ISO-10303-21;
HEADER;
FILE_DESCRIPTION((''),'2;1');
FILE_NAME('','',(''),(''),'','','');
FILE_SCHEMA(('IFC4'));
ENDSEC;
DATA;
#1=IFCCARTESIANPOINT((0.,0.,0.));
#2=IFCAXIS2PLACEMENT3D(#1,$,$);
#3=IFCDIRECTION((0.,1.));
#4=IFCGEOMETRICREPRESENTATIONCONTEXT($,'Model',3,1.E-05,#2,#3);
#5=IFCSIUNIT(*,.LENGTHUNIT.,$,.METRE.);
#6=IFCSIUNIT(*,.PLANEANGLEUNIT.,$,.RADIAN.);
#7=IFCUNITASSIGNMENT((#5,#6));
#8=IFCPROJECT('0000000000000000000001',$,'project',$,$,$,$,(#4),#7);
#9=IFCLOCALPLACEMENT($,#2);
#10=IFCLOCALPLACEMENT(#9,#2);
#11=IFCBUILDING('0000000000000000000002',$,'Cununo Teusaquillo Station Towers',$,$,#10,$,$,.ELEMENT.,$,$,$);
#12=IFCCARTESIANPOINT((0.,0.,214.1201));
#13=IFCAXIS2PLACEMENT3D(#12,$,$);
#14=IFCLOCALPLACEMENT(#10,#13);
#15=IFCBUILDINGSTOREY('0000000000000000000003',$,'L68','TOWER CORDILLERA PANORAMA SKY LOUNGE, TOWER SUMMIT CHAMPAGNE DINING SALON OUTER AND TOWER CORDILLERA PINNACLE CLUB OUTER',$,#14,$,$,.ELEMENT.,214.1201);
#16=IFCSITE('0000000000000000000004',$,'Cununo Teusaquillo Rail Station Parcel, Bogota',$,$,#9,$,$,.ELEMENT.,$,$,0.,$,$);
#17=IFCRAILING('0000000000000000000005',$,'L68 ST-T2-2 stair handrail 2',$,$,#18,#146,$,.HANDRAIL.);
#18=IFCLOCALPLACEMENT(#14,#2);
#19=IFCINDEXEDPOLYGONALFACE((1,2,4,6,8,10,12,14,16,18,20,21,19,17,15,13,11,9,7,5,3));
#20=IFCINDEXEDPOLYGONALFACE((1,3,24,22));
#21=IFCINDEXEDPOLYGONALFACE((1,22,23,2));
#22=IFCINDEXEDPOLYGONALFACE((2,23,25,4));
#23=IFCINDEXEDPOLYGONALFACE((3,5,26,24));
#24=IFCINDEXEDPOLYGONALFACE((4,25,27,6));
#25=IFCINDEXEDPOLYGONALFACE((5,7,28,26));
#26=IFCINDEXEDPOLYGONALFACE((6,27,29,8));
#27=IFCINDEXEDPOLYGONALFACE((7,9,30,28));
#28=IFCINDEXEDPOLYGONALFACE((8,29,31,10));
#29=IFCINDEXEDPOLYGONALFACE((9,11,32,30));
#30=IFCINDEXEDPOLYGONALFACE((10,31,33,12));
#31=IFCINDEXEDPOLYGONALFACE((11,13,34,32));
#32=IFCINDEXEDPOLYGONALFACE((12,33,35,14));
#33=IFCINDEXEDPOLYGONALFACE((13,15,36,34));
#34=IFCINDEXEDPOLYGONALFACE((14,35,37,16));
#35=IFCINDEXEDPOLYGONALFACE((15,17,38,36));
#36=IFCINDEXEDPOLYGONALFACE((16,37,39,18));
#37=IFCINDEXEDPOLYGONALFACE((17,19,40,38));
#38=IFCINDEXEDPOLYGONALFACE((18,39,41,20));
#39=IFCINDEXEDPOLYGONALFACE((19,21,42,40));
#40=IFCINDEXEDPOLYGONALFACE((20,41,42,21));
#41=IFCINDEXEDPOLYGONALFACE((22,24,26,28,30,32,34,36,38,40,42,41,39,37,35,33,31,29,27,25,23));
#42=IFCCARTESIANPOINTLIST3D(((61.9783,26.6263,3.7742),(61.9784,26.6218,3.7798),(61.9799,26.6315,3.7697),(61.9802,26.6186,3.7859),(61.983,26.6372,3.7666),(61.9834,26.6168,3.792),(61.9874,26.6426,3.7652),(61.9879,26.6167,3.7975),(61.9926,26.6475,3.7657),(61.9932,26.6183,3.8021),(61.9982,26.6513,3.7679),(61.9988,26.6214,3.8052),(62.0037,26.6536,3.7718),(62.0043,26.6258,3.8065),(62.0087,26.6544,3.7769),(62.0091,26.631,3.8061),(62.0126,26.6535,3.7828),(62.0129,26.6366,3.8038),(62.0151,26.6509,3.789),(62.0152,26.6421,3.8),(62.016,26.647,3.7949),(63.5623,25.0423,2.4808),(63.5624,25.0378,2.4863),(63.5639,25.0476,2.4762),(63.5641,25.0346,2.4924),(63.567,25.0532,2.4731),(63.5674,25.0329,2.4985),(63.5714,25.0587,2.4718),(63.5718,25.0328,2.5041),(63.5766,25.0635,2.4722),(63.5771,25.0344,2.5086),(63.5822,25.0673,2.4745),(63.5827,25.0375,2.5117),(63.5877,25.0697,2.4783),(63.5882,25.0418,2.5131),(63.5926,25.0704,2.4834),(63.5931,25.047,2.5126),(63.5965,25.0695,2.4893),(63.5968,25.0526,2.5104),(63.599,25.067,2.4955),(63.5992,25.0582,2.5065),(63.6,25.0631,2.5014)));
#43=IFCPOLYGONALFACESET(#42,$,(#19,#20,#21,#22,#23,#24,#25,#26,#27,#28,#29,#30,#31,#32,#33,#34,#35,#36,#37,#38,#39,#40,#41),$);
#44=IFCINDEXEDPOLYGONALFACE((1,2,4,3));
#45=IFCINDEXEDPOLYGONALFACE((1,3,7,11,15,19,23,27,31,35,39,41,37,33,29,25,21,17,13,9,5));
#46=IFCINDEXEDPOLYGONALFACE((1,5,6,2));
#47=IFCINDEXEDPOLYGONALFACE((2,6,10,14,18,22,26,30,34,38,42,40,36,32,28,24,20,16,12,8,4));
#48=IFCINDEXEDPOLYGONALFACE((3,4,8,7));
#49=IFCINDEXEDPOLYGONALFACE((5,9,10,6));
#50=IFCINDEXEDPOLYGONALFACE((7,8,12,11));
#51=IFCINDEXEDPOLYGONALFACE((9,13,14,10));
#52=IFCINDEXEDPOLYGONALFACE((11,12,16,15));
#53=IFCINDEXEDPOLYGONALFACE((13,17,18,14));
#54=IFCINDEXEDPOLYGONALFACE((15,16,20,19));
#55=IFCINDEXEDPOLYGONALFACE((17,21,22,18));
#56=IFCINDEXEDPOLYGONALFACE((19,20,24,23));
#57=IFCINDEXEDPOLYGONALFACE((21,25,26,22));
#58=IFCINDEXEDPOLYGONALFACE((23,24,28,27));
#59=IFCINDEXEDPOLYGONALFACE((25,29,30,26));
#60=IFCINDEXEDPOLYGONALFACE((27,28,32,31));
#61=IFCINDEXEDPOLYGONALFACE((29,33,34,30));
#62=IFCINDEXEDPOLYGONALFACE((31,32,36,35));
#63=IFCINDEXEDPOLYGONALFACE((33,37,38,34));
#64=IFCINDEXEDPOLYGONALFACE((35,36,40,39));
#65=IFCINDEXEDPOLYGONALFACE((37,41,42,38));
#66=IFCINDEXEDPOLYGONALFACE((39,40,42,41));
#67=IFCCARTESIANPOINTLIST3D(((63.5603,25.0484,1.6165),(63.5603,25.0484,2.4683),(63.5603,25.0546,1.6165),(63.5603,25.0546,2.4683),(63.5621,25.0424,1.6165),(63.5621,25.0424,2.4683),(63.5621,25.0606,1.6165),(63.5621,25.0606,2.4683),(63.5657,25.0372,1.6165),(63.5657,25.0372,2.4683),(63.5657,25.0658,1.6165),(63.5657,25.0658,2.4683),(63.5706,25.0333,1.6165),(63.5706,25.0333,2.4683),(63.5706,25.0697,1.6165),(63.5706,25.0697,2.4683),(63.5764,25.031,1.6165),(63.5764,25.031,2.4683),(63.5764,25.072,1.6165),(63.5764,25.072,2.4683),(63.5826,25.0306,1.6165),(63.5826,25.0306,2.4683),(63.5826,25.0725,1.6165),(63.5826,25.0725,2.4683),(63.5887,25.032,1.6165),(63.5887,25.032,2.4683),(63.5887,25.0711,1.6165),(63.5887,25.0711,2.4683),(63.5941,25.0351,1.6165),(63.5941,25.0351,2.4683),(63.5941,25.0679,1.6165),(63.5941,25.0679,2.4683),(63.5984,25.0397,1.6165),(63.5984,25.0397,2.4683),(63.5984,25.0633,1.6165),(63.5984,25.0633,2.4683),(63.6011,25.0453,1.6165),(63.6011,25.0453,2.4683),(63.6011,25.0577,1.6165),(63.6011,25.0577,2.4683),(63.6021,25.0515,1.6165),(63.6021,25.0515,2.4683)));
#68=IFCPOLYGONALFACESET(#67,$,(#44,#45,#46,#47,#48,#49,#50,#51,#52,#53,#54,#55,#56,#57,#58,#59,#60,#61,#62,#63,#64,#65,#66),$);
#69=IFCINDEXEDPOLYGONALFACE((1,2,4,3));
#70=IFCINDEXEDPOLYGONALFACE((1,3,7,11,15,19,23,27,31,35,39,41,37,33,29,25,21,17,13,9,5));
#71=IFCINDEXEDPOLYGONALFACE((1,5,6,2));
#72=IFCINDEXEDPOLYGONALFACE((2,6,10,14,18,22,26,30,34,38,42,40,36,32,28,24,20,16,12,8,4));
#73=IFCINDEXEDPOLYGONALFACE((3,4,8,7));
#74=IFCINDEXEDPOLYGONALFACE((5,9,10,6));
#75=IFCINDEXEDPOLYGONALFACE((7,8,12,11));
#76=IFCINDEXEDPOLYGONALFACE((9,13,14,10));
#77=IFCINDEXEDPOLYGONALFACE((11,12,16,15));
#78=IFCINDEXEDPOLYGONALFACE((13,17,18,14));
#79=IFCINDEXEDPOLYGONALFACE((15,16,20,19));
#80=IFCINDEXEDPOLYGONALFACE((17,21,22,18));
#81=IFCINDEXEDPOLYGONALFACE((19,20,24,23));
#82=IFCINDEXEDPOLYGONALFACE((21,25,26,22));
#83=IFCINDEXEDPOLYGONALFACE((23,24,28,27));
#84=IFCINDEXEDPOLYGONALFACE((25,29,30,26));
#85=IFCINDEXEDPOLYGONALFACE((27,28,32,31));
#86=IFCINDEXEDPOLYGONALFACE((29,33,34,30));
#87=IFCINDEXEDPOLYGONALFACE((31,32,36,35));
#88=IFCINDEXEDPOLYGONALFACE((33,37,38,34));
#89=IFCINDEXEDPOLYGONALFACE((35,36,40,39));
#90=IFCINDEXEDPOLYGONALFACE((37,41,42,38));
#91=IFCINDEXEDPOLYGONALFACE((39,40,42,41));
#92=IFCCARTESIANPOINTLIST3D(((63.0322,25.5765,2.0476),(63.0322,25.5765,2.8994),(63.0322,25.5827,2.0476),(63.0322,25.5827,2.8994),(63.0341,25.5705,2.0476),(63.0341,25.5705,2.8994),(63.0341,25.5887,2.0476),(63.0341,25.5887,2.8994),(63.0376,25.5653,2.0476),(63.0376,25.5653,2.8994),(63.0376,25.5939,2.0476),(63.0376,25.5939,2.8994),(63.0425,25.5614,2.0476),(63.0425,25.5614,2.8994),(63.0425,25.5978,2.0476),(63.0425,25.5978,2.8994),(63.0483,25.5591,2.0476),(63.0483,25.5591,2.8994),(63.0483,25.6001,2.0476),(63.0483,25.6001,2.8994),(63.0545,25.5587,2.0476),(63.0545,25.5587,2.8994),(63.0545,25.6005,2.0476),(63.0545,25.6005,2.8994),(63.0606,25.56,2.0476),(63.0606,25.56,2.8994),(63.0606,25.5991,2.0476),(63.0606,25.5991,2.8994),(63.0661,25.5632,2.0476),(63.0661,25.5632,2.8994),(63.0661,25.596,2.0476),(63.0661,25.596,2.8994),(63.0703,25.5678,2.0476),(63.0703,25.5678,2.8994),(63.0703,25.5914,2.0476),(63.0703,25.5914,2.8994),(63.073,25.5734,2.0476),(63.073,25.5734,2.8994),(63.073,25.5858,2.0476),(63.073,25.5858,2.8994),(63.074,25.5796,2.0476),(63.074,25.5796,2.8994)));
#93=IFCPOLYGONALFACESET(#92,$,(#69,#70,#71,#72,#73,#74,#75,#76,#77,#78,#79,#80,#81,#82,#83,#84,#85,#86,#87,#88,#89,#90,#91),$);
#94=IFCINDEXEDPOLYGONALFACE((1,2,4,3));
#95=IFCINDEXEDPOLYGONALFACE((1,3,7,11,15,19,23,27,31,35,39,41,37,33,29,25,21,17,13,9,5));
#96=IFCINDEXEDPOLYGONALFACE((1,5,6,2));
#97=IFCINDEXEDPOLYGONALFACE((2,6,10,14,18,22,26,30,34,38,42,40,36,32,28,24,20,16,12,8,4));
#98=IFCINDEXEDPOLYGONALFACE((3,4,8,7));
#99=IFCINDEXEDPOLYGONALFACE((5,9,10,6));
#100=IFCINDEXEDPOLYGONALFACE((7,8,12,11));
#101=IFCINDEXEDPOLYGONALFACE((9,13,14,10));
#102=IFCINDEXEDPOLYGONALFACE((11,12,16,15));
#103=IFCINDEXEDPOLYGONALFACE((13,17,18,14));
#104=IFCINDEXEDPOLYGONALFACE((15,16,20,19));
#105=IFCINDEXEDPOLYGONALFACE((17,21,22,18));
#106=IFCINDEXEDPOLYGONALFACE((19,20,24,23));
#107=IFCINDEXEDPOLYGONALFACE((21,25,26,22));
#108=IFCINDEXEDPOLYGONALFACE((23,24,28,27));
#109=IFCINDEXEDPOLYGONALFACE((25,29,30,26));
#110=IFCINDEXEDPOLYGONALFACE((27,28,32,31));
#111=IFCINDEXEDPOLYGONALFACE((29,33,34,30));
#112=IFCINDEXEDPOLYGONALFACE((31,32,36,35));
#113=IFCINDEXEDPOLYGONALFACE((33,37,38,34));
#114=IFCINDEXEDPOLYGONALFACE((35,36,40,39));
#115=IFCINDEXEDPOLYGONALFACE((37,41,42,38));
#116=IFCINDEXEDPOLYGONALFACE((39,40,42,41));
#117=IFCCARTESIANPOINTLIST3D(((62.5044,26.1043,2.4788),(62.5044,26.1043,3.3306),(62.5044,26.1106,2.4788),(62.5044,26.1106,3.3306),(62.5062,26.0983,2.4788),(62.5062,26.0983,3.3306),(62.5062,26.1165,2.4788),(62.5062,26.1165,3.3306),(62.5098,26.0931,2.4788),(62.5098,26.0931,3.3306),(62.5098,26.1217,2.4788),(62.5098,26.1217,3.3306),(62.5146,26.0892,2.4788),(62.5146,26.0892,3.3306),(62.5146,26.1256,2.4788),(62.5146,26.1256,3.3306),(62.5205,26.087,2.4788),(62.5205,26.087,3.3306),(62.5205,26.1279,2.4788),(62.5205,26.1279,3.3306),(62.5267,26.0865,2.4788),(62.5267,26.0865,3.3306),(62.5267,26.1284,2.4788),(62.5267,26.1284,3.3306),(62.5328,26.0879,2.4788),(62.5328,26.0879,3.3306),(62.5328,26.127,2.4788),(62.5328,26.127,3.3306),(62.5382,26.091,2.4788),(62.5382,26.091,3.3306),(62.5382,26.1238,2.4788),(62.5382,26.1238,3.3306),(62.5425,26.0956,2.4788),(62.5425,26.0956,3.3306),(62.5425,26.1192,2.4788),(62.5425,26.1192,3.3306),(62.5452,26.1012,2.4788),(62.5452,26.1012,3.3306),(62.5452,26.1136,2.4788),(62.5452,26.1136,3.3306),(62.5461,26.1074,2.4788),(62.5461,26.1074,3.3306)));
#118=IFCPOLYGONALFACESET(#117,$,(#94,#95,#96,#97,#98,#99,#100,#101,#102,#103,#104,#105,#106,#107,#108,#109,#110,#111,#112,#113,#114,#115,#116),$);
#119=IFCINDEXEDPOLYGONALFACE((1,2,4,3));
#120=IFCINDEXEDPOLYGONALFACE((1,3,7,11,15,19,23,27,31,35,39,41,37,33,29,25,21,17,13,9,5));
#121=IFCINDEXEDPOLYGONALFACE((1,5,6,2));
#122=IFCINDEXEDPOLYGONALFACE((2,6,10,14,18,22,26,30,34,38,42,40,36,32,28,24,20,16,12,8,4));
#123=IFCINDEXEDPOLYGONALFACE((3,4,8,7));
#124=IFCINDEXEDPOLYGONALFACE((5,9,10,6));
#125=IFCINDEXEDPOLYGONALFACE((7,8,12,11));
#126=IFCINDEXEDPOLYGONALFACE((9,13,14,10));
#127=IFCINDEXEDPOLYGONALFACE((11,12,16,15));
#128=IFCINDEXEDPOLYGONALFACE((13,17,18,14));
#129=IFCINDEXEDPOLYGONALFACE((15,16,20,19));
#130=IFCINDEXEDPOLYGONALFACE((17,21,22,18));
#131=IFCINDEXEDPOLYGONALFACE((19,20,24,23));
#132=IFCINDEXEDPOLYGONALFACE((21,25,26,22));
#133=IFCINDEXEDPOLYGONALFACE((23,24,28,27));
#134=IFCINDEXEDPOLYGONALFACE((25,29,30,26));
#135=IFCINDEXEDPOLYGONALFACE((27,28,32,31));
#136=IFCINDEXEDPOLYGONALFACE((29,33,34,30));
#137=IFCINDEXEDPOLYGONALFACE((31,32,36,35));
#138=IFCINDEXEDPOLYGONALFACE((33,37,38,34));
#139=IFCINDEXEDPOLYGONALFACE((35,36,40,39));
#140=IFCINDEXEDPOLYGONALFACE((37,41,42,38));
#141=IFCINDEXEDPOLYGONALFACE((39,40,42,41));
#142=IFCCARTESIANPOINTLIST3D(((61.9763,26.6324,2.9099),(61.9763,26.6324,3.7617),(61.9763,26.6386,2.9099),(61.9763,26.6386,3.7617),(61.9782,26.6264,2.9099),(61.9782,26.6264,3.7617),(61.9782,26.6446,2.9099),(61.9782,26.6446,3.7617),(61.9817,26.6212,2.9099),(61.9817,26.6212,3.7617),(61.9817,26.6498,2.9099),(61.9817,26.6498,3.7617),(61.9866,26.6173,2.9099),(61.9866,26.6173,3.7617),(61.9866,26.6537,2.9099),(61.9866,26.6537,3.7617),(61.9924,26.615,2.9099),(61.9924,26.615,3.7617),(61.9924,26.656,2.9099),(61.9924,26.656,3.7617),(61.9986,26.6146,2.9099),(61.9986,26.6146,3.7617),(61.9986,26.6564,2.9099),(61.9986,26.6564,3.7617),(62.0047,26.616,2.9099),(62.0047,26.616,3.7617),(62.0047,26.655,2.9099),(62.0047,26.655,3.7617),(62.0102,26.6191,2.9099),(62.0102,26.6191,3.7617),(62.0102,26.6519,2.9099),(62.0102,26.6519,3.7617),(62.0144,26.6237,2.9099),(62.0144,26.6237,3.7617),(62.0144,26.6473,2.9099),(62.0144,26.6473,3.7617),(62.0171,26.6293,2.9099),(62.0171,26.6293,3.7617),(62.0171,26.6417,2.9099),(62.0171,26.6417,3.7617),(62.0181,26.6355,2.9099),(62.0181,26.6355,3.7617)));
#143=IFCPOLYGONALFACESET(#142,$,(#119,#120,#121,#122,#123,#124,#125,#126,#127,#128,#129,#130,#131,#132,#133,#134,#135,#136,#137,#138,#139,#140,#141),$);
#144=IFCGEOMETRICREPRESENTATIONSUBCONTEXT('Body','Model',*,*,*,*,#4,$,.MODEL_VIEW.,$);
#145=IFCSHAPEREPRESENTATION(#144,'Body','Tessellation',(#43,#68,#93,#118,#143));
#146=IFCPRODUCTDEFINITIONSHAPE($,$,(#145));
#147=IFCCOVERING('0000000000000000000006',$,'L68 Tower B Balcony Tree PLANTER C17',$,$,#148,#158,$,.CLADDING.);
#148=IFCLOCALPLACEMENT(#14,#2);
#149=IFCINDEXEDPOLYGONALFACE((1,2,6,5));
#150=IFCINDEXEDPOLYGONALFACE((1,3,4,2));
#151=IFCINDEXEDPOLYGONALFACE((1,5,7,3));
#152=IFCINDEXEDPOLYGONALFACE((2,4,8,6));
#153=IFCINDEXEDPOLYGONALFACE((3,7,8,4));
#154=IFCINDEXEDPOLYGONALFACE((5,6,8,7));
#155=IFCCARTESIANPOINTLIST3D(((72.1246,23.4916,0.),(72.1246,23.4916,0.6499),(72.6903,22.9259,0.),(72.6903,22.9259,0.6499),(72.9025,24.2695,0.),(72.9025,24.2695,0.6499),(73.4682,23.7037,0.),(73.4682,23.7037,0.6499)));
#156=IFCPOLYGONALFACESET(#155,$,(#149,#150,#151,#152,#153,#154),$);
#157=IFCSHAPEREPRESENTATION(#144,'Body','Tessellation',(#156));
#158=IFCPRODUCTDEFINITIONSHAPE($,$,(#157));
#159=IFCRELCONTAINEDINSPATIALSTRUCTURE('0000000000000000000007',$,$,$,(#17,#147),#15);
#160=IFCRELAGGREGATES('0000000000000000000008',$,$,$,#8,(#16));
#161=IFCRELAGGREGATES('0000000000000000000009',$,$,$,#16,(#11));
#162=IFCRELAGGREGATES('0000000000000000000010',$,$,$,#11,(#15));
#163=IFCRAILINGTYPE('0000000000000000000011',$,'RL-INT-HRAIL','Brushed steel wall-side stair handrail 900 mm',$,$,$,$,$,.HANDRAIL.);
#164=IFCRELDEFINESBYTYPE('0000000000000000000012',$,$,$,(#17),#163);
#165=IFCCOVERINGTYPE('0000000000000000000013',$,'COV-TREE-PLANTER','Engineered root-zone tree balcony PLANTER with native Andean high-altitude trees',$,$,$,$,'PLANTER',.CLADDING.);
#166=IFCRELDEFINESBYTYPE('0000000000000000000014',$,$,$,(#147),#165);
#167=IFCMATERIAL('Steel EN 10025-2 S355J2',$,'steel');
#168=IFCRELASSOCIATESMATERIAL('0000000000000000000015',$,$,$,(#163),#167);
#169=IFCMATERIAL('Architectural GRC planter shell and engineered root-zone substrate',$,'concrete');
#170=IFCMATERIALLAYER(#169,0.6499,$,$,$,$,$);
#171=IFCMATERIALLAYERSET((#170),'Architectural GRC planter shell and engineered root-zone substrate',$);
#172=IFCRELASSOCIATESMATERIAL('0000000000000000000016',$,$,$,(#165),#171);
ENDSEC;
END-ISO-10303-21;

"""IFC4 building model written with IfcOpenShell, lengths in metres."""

from ifc_helpers import new_model, si_unit, direction, frame, origin, origin_2d, place, context, subcontext, project, spatial, rectangle, circle, extrude, source, transform, mapped, material, layer, layer_set, type_object, element, save


model = new_model("IFC4")

# Units and contexts
model_context = context("Model", 3, precision=1e-05, world=origin(), true_north=direction((0.0, 1.0)))
body_context = subcontext(model_context, "Body", "Model", "MODEL_VIEW")
ifc_project = project(units=[si_unit("LENGTHUNIT", "METRE"), si_unit("PLANEANGLEUNIT", "RADIAN")], contexts=[model_context])

# Site, building, storey
site_placement = place(None, origin())
site = spatial("IfcSite", under=ifc_project, at=site_placement, Name="Cununo Teusaquillo Rail Station Parcel, Bogota", CompositionType="ELEMENT", RefElevation=0.0)
building_placement = place(site_placement, origin())
building = spatial("IfcBuilding", under=site, at=building_placement, Name="Cununo Teusaquillo Station Towers", CompositionType="ELEMENT")
storey_placement = place(building_placement, frame((0.0, 0.0, 214.1201)))
storey = spatial("IfcBuildingStorey", under=building, at=storey_placement, Name="L68", Description="TOWER CORDILLERA PANORAMA SKY LOUNGE, TOWER SUMMIT CHAMPAGNE DINING SALON OUTER AND TOWER CORDILLERA PINNACLE CLUB OUTER", CompositionType="ELEMENT", Elevation=214.1201)

# Railing
ifc_material_1 = material(Name="Steel EN 10025-2 S355J2", Category="steel")
railing_type_1 = type_object("IfcRailingType", Name="RL-INT-HRAIL", Description="Brushed steel wall-side stair handrail 900 mm", PredefinedType="HANDRAIL", material=ifc_material_1)
railing_1_placement = place(storey_placement, frame((63.5811, 25.0515, 1.6165)))
element("IfcRailing", 1, at=railing_1_placement, inside=storey, type_object=railing_type_1, Name="L68 ST-T2-2 stair handrail 2", PredefinedType="HANDRAIL", context=body_context, shape_type="SweptSolid", body=[
    extrude(circle(Radius=0.0239, at=origin_2d()), frame((0.0, 0.0, 0.876), z_axis=(-0.612356, 0.612356, 0.50004), x_axis=(-0.707107, -0.707107, 0.0)), (0.0, 0.0, 1.0), 2.5867),
    extrude(circle(Radius=0.021, at=origin_2d()), origin(), (0.0, 0.0, 1.0), 0.8518),
    extrude(circle(Radius=0.021, at=origin_2d()), frame((-0.5281, 0.5281, 0.4312)), (0.0, 0.0, 1.0), 0.8518),
    extrude(circle(Radius=0.021, at=origin_2d()), frame((-1.0559, 1.0559, 0.8623)), (0.0, 0.0, 1.0), 0.8518),
    extrude(circle(Radius=0.021, at=origin_2d()), frame((-1.584, 1.584, 1.2935)), (0.0, 0.0, 1.0), 0.8518),
])

# Covering
ifc_material_2 = material(Name="Architectural GRC planter shell and engineered root-zone substrate", Category="concrete")
ifc_layer_1 = layer(ifc_material_2, 0.6499)
ifc_layer_set_1 = layer_set([ifc_layer_1], Name="Architectural GRC planter shell and engineered root-zone substrate")
covering_type = type_object("IfcCoveringType", Name="COV-TREE-PLANTER", Description="Engineered root-zone tree balcony PLANTER with native Andean high-altitude trees", ElementType="PLANTER", PredefinedType="CLADDING", material=ifc_layer_set_1)
shared_shape_1 = source(origin(), body_context, "Body", "SweptSolid", [
    extrude(rectangle(XDim=1.1001, YDim=0.8, at=origin_2d()), origin(), (0.0, 0.0, 1.0), 0.6499),
])
covering_placement = place(storey_placement, frame((72.7964, 23.5977, 0.0), z_axis=(0.0, 0.0, 1.0), x_axis=(0.707107, 0.707107, 0.0)))
element("IfcCovering", 2, at=covering_placement, inside=storey, type_object=covering_type, Name="L68 Tower B Balcony Tree PLANTER C17", PredefinedType="CLADDING", context=body_context, shape_type="MappedRepresentation", body=[
    mapped(shared_shape_1, transform((0.0, 0.0, 0.0), x_axis=(1.0, 0.0, 0.0), y_axis=(0.0, 1.0, 0.0), z_axis=(0.0, 0.0, 1.0), scale=1.0)),
])

save(model, "model.ifc")
